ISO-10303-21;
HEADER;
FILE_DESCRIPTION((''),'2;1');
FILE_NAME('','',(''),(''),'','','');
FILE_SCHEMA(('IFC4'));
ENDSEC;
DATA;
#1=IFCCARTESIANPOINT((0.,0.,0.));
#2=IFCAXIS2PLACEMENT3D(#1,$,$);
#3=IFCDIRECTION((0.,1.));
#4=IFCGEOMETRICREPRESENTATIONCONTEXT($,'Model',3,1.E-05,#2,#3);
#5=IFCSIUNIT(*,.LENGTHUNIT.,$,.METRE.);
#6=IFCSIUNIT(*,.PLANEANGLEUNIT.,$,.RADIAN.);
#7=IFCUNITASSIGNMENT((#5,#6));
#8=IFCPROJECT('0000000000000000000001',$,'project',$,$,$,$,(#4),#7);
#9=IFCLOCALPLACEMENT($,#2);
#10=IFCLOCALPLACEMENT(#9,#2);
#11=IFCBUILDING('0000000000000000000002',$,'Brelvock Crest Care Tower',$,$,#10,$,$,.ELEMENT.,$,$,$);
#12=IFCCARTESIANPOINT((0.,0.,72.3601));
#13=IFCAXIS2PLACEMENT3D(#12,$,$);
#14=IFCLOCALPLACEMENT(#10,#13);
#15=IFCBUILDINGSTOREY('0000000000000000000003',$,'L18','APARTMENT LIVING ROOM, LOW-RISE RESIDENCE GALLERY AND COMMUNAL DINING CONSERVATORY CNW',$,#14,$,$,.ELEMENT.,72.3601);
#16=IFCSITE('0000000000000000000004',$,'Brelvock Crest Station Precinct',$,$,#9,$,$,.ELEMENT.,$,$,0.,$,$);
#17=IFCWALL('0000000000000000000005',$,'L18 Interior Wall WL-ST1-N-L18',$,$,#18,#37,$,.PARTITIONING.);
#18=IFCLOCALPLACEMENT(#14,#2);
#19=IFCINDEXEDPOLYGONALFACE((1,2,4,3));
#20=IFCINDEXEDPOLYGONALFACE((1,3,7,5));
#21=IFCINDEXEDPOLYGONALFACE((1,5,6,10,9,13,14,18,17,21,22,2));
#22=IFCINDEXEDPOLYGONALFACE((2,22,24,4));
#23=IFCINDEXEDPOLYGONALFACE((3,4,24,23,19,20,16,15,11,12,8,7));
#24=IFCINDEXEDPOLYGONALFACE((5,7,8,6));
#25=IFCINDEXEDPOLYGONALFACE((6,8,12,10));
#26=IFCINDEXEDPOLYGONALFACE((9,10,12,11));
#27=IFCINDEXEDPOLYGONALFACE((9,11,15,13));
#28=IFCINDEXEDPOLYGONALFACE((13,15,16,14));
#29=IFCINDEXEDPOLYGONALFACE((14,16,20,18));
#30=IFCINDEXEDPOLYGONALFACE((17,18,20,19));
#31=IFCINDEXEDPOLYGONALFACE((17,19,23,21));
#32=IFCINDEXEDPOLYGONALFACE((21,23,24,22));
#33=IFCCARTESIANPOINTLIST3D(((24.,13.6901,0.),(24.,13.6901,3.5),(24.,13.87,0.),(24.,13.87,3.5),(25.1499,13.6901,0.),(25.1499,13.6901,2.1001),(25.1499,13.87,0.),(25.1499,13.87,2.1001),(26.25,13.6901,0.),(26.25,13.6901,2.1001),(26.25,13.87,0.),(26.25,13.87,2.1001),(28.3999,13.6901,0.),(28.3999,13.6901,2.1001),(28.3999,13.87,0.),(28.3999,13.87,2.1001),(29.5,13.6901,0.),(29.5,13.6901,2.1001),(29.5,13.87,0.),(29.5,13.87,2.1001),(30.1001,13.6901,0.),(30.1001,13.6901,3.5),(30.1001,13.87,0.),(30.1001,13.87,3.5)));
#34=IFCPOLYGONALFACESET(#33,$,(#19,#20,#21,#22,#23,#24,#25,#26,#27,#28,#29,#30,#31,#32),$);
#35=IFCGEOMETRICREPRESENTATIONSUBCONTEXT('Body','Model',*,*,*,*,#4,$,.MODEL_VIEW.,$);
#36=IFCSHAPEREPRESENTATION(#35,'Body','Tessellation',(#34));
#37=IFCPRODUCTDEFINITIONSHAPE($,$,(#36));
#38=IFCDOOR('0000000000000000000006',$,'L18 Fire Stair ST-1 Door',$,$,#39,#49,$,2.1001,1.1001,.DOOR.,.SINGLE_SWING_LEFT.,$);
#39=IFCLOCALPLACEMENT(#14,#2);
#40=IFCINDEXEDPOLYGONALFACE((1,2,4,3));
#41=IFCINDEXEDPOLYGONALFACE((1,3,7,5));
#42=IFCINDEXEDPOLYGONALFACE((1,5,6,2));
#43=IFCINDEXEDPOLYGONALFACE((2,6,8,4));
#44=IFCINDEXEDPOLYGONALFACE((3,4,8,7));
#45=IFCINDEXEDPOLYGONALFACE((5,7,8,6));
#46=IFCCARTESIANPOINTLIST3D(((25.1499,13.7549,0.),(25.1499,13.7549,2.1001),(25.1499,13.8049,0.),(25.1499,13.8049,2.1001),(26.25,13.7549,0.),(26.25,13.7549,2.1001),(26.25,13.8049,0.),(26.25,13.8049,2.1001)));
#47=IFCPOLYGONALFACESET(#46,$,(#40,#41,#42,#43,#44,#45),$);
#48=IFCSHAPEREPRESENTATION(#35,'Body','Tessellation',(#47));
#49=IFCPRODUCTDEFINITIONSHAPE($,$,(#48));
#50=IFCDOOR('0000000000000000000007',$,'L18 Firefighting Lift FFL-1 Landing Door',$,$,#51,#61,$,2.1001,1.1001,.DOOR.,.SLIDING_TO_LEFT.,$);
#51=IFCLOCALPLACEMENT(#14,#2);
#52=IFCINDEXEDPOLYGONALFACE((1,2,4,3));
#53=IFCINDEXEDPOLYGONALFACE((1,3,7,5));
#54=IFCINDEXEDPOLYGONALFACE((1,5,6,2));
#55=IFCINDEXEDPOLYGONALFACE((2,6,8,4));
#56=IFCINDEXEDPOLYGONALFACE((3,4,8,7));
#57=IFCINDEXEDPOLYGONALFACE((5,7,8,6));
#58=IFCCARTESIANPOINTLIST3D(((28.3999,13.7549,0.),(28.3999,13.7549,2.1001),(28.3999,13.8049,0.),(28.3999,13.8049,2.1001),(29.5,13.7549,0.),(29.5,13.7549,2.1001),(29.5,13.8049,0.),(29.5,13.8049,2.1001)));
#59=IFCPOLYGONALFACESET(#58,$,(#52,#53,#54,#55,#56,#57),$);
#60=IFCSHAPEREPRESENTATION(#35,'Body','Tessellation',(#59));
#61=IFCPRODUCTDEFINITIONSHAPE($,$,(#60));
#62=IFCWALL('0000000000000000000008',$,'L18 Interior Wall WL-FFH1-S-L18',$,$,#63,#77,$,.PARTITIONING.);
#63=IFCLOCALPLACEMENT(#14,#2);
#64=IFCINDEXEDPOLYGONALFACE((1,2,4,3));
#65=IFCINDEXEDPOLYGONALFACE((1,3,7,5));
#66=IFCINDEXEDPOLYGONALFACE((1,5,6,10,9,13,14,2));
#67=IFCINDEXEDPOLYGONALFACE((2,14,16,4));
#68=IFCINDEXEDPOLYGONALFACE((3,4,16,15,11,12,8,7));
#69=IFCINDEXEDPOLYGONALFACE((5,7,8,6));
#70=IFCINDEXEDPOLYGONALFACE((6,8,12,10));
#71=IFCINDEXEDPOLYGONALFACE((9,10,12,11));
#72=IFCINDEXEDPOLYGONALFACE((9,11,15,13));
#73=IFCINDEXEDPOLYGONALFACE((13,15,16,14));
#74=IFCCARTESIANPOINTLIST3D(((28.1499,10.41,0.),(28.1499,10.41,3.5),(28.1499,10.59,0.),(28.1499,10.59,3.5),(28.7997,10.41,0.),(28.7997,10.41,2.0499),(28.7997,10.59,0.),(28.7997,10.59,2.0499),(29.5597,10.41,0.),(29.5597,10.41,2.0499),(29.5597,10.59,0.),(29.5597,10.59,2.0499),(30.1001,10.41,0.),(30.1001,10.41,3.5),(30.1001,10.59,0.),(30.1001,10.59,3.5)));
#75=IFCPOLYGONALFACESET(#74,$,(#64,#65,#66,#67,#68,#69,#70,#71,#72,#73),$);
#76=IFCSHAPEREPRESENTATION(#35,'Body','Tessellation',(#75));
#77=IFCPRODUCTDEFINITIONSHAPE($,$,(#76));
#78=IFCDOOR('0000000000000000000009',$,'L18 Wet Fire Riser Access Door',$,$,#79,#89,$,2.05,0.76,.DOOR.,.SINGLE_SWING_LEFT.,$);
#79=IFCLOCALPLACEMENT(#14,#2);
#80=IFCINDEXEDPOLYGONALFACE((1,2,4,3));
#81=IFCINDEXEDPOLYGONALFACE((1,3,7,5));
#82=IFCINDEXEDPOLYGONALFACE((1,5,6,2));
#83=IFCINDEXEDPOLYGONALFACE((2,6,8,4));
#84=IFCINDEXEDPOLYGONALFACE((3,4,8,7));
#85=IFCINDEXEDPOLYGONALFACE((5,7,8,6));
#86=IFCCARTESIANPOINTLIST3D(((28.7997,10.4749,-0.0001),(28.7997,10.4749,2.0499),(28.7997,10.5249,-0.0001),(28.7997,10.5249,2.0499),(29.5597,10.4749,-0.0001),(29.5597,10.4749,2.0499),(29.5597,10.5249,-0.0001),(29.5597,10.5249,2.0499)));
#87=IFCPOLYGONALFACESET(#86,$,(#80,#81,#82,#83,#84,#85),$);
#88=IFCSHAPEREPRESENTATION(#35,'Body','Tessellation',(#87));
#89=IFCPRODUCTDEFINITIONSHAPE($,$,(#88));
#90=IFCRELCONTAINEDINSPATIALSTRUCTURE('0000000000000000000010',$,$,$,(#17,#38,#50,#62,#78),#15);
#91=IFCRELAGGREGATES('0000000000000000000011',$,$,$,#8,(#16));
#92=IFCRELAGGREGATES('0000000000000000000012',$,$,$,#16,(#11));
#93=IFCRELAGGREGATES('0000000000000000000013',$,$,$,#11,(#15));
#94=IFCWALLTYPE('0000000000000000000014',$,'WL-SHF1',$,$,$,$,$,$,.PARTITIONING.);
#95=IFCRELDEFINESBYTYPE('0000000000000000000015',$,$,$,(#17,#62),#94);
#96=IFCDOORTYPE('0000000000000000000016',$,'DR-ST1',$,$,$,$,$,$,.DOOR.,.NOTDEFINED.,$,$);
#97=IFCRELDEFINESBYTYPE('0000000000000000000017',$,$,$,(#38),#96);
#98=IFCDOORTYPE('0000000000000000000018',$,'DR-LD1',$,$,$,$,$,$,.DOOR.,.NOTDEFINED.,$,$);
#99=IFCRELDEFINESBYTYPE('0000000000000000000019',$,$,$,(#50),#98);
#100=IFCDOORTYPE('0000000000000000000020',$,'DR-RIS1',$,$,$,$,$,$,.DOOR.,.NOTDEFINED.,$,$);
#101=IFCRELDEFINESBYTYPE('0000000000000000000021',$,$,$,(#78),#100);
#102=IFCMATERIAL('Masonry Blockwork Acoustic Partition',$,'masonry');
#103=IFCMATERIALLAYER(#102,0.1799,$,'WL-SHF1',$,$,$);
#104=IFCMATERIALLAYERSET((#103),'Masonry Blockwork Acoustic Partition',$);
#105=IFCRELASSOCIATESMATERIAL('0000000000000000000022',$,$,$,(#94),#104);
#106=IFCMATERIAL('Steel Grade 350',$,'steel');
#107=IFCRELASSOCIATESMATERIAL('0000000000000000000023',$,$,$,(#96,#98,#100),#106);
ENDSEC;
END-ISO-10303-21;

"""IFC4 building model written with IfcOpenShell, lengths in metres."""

from ifc_helpers import new_model, si_unit, direction, frame, frame_2d, origin, origin_2d, place, context, subcontext, project, spatial, rectangle, extrude, source, transform, mapped, material, layer, layer_set, type_object, element, fill, save


model = new_model("IFC4")

# Units and contexts
model_context = context("Model", 3, precision=1e-05, world=origin(), true_north=direction((0.0, 1.0)))
body_context = subcontext(model_context, "Body", "Model", "MODEL_VIEW")
ifc_project = project(units=[si_unit("LENGTHUNIT", "METRE"), si_unit("PLANEANGLEUNIT", "RADIAN")], contexts=[model_context])

# Site, building, storey
site_placement = place(None, origin())
site = spatial("IfcSite", under=ifc_project, at=site_placement, Name="Brelvock Crest Station Precinct", CompositionType="ELEMENT", RefElevation=0.0)
building_placement = place(site_placement, origin())
building = spatial("IfcBuilding", under=site, at=building_placement, Name="Brelvock Crest Care Tower", CompositionType="ELEMENT")
storey_placement = place(building_placement, frame((0.0, 0.0, 72.3601)))
storey = spatial("IfcBuildingStorey", under=building, at=storey_placement, Name="L18", Description="APARTMENT LIVING ROOM, LOW-RISE RESIDENCE GALLERY AND COMMUNAL DINING CONSERVATORY CNW", CompositionType="ELEMENT", Elevation=72.3601)

# Shared definitions
ifc_material_1 = material(Name="Steel Grade 350", Category="steel")

# Shared definitions
ifc_material_2 = material(Name="Masonry Blockwork Acoustic Partition", Category="masonry")

# Shared definitions
ifc_layer_1 = layer(ifc_material_2, 0.1799, Name="WL-SHF1")
ifc_layer_set_1 = layer_set([ifc_layer_1], Name="Masonry Blockwork Acoustic Partition")
wall_type_1 = type_object("IfcWallType", Name="WL-SHF1", PredefinedType="PARTITIONING", material=ifc_layer_set_1)

# Wall, openings, doors
wall_1_placement = place(storey_placement, frame((24.0, 13.78, 0.0), z_axis=(0.0, 0.0, 1.0), x_axis=(1.0, 0.0, 0.0)))
wall_1 = element("IfcWall", 1, at=wall_1_placement, inside=storey, type_object=wall_type_1, Name="L18 Interior Wall WL-ST1-N-L18", PredefinedType="PARTITIONING", context=body_context, shape_type="SweptSolid", body=[
    extrude(rectangle(XDim=6.1001, YDim=0.1799, at=frame_2d((3.05, 0.0))), origin(), (0.0, 0.0, 1.0), 3.5),
])
opening_1_placement = place(wall_1_placement, frame((1.1499, 0.0, 0.0)))
opening_1 = element("IfcOpeningElement", 2, at=opening_1_placement, cuts=wall_1, PredefinedType="OPENING", context=body_context, shape_type="SweptSolid", body=[
    extrude(rectangle(XDim=1.1001, YDim=2.1001, at=origin_2d()), frame((0.55, 0.1001, 1.05), z_axis=(0.0, -1.0, 0.0), x_axis=(1.0, 0.0, 0.0)), (0.0, 0.0, 1.0), 0.2),
])
opening_2_placement = place(wall_1_placement, frame((4.3999, 0.0, 0.0)))
opening_2 = element("IfcOpeningElement", 3, at=opening_2_placement, cuts=wall_1, PredefinedType="OPENING", context=body_context, shape_type="SweptSolid", body=[
    extrude(rectangle(XDim=1.1001, YDim=2.1001, at=origin_2d()), frame((0.55, 0.1001, 1.05), z_axis=(0.0, -1.0, 0.0), x_axis=(1.0, 0.0, 0.0)), (0.0, 0.0, 1.0), 0.2),
])
door_type_1 = type_object("IfcDoorType", Name="DR-ST1", OperationType="NOTDEFINED", PredefinedType="DOOR", material=ifc_material_1)
shared_shape_1 = source(origin(), body_context, "Body", "SweptSolid", [
    extrude(rectangle(XDim=1.1001, YDim=2.1001, at=origin_2d()), frame((0.55, 0.0249, 1.05), z_axis=(0.0, -1.0, 0.0), x_axis=(1.0, 0.0, 0.0)), (0.0, 0.0, 1.0), 0.05),
])
door_1_placement = place(opening_1_placement, origin())
door_1 = element("IfcDoor", 4, at=door_1_placement, inside=storey, type_object=door_type_1, Name="L18 Fire Stair ST-1 Door", OperationType="SINGLE_SWING_LEFT", OverallHeight=2.1001, OverallWidth=1.1001, PredefinedType="DOOR", context=body_context, shape_type="MappedRepresentation", body=[
    mapped(shared_shape_1, transform((0.0, 0.0, 0.0), x_axis=(1.0, 0.0, 0.0), y_axis=(0.0, 1.0, 0.0), z_axis=(0.0, 0.0, 1.0), scale=1.0)),
])
fill(opening_1, door_1)
door_type_2 = type_object("IfcDoorType", Name="DR-LD1", OperationType="NOTDEFINED", PredefinedType="DOOR", material=ifc_material_1)
shared_shape_2 = source(origin(), body_context, "Body", "SweptSolid", [
    extrude(rectangle(XDim=1.1001, YDim=2.1001, at=origin_2d()), frame((0.55, 0.0249, 1.05), z_axis=(0.0, -1.0, 0.0), x_axis=(1.0, 0.0, 0.0)), (0.0, 0.0, 1.0), 0.05),
])
door_2_placement = place(opening_2_placement, origin())
door_2 = element("IfcDoor", 5, at=door_2_placement, inside=storey, type_object=door_type_2, Name="L18 Firefighting Lift FFL-1 Landing Door", OperationType="SLIDING_TO_LEFT", OverallHeight=2.1001, OverallWidth=1.1001, PredefinedType="DOOR", context=body_context, shape_type="MappedRepresentation", body=[
    mapped(shared_shape_2, transform((0.0, 0.0, 0.0), x_axis=(1.0, 0.0, 0.0), y_axis=(0.0, 1.0, 0.0), z_axis=(0.0, 0.0, 1.0), scale=1.0)),
])
fill(opening_2, door_2)

# Wall, opening, door
wall_2_placement = place(storey_placement, frame((28.1499, 10.5, 0.0), z_axis=(0.0, 0.0, 1.0), x_axis=(1.0, 0.0, 0.0)))
wall_2 = element("IfcWall", 6, at=wall_2_placement, inside=storey, type_object=wall_type_1, Name="L18 Interior Wall WL-FFH1-S-L18", PredefinedType="PARTITIONING", context=body_context, shape_type="SweptSolid", body=[
    extrude(rectangle(XDim=1.9502, YDim=0.1799, at=frame_2d((0.9751, 0.0))), origin(), (0.0, 0.0, 1.0), 3.5),
])
opening_3_placement = place(wall_2_placement, frame((0.6499, 0.0, 0.0)))
opening_3 = element("IfcOpeningElement", 7, at=opening_3_placement, cuts=wall_2, PredefinedType="OPENING", context=body_context, shape_type="SweptSolid", body=[
    extrude(rectangle(XDim=0.76, YDim=2.05, at=origin_2d()), frame((0.3799, 0.1001, 1.0249), z_axis=(0.0, -1.0, 0.0), x_axis=(1.0, 0.0, 0.0)), (0.0, 0.0, 1.0), 0.2),
])
door_type_3 = type_object("IfcDoorType", Name="DR-RIS1", OperationType="NOTDEFINED", PredefinedType="DOOR", material=ifc_material_1)
shared_shape_3 = source(origin(), body_context, "Body", "SweptSolid", [
    extrude(rectangle(XDim=0.76, YDim=2.05, at=origin_2d()), frame((0.3799, 0.0249, 1.0249), z_axis=(0.0, -1.0, 0.0), x_axis=(1.0, 0.0, 0.0)), (0.0, 0.0, 1.0), 0.05),
])
door_3_placement = place(opening_3_placement, origin())
door_3 = element("IfcDoor", 8, at=door_3_placement, inside=storey, type_object=door_type_3, Name="L18 Wet Fire Riser Access Door", OperationType="SINGLE_SWING_LEFT", OverallHeight=2.05, OverallWidth=0.76, PredefinedType="DOOR", context=body_context, shape_type="MappedRepresentation", body=[
    mapped(shared_shape_3, transform((0.0, 0.0, 0.0), x_axis=(1.0, 0.0, 0.0), y_axis=(0.0, 1.0, 0.0), z_axis=(0.0, 0.0, 1.0), scale=1.0)),
])
fill(opening_3, door_3)

save(model, "model.ifc")
